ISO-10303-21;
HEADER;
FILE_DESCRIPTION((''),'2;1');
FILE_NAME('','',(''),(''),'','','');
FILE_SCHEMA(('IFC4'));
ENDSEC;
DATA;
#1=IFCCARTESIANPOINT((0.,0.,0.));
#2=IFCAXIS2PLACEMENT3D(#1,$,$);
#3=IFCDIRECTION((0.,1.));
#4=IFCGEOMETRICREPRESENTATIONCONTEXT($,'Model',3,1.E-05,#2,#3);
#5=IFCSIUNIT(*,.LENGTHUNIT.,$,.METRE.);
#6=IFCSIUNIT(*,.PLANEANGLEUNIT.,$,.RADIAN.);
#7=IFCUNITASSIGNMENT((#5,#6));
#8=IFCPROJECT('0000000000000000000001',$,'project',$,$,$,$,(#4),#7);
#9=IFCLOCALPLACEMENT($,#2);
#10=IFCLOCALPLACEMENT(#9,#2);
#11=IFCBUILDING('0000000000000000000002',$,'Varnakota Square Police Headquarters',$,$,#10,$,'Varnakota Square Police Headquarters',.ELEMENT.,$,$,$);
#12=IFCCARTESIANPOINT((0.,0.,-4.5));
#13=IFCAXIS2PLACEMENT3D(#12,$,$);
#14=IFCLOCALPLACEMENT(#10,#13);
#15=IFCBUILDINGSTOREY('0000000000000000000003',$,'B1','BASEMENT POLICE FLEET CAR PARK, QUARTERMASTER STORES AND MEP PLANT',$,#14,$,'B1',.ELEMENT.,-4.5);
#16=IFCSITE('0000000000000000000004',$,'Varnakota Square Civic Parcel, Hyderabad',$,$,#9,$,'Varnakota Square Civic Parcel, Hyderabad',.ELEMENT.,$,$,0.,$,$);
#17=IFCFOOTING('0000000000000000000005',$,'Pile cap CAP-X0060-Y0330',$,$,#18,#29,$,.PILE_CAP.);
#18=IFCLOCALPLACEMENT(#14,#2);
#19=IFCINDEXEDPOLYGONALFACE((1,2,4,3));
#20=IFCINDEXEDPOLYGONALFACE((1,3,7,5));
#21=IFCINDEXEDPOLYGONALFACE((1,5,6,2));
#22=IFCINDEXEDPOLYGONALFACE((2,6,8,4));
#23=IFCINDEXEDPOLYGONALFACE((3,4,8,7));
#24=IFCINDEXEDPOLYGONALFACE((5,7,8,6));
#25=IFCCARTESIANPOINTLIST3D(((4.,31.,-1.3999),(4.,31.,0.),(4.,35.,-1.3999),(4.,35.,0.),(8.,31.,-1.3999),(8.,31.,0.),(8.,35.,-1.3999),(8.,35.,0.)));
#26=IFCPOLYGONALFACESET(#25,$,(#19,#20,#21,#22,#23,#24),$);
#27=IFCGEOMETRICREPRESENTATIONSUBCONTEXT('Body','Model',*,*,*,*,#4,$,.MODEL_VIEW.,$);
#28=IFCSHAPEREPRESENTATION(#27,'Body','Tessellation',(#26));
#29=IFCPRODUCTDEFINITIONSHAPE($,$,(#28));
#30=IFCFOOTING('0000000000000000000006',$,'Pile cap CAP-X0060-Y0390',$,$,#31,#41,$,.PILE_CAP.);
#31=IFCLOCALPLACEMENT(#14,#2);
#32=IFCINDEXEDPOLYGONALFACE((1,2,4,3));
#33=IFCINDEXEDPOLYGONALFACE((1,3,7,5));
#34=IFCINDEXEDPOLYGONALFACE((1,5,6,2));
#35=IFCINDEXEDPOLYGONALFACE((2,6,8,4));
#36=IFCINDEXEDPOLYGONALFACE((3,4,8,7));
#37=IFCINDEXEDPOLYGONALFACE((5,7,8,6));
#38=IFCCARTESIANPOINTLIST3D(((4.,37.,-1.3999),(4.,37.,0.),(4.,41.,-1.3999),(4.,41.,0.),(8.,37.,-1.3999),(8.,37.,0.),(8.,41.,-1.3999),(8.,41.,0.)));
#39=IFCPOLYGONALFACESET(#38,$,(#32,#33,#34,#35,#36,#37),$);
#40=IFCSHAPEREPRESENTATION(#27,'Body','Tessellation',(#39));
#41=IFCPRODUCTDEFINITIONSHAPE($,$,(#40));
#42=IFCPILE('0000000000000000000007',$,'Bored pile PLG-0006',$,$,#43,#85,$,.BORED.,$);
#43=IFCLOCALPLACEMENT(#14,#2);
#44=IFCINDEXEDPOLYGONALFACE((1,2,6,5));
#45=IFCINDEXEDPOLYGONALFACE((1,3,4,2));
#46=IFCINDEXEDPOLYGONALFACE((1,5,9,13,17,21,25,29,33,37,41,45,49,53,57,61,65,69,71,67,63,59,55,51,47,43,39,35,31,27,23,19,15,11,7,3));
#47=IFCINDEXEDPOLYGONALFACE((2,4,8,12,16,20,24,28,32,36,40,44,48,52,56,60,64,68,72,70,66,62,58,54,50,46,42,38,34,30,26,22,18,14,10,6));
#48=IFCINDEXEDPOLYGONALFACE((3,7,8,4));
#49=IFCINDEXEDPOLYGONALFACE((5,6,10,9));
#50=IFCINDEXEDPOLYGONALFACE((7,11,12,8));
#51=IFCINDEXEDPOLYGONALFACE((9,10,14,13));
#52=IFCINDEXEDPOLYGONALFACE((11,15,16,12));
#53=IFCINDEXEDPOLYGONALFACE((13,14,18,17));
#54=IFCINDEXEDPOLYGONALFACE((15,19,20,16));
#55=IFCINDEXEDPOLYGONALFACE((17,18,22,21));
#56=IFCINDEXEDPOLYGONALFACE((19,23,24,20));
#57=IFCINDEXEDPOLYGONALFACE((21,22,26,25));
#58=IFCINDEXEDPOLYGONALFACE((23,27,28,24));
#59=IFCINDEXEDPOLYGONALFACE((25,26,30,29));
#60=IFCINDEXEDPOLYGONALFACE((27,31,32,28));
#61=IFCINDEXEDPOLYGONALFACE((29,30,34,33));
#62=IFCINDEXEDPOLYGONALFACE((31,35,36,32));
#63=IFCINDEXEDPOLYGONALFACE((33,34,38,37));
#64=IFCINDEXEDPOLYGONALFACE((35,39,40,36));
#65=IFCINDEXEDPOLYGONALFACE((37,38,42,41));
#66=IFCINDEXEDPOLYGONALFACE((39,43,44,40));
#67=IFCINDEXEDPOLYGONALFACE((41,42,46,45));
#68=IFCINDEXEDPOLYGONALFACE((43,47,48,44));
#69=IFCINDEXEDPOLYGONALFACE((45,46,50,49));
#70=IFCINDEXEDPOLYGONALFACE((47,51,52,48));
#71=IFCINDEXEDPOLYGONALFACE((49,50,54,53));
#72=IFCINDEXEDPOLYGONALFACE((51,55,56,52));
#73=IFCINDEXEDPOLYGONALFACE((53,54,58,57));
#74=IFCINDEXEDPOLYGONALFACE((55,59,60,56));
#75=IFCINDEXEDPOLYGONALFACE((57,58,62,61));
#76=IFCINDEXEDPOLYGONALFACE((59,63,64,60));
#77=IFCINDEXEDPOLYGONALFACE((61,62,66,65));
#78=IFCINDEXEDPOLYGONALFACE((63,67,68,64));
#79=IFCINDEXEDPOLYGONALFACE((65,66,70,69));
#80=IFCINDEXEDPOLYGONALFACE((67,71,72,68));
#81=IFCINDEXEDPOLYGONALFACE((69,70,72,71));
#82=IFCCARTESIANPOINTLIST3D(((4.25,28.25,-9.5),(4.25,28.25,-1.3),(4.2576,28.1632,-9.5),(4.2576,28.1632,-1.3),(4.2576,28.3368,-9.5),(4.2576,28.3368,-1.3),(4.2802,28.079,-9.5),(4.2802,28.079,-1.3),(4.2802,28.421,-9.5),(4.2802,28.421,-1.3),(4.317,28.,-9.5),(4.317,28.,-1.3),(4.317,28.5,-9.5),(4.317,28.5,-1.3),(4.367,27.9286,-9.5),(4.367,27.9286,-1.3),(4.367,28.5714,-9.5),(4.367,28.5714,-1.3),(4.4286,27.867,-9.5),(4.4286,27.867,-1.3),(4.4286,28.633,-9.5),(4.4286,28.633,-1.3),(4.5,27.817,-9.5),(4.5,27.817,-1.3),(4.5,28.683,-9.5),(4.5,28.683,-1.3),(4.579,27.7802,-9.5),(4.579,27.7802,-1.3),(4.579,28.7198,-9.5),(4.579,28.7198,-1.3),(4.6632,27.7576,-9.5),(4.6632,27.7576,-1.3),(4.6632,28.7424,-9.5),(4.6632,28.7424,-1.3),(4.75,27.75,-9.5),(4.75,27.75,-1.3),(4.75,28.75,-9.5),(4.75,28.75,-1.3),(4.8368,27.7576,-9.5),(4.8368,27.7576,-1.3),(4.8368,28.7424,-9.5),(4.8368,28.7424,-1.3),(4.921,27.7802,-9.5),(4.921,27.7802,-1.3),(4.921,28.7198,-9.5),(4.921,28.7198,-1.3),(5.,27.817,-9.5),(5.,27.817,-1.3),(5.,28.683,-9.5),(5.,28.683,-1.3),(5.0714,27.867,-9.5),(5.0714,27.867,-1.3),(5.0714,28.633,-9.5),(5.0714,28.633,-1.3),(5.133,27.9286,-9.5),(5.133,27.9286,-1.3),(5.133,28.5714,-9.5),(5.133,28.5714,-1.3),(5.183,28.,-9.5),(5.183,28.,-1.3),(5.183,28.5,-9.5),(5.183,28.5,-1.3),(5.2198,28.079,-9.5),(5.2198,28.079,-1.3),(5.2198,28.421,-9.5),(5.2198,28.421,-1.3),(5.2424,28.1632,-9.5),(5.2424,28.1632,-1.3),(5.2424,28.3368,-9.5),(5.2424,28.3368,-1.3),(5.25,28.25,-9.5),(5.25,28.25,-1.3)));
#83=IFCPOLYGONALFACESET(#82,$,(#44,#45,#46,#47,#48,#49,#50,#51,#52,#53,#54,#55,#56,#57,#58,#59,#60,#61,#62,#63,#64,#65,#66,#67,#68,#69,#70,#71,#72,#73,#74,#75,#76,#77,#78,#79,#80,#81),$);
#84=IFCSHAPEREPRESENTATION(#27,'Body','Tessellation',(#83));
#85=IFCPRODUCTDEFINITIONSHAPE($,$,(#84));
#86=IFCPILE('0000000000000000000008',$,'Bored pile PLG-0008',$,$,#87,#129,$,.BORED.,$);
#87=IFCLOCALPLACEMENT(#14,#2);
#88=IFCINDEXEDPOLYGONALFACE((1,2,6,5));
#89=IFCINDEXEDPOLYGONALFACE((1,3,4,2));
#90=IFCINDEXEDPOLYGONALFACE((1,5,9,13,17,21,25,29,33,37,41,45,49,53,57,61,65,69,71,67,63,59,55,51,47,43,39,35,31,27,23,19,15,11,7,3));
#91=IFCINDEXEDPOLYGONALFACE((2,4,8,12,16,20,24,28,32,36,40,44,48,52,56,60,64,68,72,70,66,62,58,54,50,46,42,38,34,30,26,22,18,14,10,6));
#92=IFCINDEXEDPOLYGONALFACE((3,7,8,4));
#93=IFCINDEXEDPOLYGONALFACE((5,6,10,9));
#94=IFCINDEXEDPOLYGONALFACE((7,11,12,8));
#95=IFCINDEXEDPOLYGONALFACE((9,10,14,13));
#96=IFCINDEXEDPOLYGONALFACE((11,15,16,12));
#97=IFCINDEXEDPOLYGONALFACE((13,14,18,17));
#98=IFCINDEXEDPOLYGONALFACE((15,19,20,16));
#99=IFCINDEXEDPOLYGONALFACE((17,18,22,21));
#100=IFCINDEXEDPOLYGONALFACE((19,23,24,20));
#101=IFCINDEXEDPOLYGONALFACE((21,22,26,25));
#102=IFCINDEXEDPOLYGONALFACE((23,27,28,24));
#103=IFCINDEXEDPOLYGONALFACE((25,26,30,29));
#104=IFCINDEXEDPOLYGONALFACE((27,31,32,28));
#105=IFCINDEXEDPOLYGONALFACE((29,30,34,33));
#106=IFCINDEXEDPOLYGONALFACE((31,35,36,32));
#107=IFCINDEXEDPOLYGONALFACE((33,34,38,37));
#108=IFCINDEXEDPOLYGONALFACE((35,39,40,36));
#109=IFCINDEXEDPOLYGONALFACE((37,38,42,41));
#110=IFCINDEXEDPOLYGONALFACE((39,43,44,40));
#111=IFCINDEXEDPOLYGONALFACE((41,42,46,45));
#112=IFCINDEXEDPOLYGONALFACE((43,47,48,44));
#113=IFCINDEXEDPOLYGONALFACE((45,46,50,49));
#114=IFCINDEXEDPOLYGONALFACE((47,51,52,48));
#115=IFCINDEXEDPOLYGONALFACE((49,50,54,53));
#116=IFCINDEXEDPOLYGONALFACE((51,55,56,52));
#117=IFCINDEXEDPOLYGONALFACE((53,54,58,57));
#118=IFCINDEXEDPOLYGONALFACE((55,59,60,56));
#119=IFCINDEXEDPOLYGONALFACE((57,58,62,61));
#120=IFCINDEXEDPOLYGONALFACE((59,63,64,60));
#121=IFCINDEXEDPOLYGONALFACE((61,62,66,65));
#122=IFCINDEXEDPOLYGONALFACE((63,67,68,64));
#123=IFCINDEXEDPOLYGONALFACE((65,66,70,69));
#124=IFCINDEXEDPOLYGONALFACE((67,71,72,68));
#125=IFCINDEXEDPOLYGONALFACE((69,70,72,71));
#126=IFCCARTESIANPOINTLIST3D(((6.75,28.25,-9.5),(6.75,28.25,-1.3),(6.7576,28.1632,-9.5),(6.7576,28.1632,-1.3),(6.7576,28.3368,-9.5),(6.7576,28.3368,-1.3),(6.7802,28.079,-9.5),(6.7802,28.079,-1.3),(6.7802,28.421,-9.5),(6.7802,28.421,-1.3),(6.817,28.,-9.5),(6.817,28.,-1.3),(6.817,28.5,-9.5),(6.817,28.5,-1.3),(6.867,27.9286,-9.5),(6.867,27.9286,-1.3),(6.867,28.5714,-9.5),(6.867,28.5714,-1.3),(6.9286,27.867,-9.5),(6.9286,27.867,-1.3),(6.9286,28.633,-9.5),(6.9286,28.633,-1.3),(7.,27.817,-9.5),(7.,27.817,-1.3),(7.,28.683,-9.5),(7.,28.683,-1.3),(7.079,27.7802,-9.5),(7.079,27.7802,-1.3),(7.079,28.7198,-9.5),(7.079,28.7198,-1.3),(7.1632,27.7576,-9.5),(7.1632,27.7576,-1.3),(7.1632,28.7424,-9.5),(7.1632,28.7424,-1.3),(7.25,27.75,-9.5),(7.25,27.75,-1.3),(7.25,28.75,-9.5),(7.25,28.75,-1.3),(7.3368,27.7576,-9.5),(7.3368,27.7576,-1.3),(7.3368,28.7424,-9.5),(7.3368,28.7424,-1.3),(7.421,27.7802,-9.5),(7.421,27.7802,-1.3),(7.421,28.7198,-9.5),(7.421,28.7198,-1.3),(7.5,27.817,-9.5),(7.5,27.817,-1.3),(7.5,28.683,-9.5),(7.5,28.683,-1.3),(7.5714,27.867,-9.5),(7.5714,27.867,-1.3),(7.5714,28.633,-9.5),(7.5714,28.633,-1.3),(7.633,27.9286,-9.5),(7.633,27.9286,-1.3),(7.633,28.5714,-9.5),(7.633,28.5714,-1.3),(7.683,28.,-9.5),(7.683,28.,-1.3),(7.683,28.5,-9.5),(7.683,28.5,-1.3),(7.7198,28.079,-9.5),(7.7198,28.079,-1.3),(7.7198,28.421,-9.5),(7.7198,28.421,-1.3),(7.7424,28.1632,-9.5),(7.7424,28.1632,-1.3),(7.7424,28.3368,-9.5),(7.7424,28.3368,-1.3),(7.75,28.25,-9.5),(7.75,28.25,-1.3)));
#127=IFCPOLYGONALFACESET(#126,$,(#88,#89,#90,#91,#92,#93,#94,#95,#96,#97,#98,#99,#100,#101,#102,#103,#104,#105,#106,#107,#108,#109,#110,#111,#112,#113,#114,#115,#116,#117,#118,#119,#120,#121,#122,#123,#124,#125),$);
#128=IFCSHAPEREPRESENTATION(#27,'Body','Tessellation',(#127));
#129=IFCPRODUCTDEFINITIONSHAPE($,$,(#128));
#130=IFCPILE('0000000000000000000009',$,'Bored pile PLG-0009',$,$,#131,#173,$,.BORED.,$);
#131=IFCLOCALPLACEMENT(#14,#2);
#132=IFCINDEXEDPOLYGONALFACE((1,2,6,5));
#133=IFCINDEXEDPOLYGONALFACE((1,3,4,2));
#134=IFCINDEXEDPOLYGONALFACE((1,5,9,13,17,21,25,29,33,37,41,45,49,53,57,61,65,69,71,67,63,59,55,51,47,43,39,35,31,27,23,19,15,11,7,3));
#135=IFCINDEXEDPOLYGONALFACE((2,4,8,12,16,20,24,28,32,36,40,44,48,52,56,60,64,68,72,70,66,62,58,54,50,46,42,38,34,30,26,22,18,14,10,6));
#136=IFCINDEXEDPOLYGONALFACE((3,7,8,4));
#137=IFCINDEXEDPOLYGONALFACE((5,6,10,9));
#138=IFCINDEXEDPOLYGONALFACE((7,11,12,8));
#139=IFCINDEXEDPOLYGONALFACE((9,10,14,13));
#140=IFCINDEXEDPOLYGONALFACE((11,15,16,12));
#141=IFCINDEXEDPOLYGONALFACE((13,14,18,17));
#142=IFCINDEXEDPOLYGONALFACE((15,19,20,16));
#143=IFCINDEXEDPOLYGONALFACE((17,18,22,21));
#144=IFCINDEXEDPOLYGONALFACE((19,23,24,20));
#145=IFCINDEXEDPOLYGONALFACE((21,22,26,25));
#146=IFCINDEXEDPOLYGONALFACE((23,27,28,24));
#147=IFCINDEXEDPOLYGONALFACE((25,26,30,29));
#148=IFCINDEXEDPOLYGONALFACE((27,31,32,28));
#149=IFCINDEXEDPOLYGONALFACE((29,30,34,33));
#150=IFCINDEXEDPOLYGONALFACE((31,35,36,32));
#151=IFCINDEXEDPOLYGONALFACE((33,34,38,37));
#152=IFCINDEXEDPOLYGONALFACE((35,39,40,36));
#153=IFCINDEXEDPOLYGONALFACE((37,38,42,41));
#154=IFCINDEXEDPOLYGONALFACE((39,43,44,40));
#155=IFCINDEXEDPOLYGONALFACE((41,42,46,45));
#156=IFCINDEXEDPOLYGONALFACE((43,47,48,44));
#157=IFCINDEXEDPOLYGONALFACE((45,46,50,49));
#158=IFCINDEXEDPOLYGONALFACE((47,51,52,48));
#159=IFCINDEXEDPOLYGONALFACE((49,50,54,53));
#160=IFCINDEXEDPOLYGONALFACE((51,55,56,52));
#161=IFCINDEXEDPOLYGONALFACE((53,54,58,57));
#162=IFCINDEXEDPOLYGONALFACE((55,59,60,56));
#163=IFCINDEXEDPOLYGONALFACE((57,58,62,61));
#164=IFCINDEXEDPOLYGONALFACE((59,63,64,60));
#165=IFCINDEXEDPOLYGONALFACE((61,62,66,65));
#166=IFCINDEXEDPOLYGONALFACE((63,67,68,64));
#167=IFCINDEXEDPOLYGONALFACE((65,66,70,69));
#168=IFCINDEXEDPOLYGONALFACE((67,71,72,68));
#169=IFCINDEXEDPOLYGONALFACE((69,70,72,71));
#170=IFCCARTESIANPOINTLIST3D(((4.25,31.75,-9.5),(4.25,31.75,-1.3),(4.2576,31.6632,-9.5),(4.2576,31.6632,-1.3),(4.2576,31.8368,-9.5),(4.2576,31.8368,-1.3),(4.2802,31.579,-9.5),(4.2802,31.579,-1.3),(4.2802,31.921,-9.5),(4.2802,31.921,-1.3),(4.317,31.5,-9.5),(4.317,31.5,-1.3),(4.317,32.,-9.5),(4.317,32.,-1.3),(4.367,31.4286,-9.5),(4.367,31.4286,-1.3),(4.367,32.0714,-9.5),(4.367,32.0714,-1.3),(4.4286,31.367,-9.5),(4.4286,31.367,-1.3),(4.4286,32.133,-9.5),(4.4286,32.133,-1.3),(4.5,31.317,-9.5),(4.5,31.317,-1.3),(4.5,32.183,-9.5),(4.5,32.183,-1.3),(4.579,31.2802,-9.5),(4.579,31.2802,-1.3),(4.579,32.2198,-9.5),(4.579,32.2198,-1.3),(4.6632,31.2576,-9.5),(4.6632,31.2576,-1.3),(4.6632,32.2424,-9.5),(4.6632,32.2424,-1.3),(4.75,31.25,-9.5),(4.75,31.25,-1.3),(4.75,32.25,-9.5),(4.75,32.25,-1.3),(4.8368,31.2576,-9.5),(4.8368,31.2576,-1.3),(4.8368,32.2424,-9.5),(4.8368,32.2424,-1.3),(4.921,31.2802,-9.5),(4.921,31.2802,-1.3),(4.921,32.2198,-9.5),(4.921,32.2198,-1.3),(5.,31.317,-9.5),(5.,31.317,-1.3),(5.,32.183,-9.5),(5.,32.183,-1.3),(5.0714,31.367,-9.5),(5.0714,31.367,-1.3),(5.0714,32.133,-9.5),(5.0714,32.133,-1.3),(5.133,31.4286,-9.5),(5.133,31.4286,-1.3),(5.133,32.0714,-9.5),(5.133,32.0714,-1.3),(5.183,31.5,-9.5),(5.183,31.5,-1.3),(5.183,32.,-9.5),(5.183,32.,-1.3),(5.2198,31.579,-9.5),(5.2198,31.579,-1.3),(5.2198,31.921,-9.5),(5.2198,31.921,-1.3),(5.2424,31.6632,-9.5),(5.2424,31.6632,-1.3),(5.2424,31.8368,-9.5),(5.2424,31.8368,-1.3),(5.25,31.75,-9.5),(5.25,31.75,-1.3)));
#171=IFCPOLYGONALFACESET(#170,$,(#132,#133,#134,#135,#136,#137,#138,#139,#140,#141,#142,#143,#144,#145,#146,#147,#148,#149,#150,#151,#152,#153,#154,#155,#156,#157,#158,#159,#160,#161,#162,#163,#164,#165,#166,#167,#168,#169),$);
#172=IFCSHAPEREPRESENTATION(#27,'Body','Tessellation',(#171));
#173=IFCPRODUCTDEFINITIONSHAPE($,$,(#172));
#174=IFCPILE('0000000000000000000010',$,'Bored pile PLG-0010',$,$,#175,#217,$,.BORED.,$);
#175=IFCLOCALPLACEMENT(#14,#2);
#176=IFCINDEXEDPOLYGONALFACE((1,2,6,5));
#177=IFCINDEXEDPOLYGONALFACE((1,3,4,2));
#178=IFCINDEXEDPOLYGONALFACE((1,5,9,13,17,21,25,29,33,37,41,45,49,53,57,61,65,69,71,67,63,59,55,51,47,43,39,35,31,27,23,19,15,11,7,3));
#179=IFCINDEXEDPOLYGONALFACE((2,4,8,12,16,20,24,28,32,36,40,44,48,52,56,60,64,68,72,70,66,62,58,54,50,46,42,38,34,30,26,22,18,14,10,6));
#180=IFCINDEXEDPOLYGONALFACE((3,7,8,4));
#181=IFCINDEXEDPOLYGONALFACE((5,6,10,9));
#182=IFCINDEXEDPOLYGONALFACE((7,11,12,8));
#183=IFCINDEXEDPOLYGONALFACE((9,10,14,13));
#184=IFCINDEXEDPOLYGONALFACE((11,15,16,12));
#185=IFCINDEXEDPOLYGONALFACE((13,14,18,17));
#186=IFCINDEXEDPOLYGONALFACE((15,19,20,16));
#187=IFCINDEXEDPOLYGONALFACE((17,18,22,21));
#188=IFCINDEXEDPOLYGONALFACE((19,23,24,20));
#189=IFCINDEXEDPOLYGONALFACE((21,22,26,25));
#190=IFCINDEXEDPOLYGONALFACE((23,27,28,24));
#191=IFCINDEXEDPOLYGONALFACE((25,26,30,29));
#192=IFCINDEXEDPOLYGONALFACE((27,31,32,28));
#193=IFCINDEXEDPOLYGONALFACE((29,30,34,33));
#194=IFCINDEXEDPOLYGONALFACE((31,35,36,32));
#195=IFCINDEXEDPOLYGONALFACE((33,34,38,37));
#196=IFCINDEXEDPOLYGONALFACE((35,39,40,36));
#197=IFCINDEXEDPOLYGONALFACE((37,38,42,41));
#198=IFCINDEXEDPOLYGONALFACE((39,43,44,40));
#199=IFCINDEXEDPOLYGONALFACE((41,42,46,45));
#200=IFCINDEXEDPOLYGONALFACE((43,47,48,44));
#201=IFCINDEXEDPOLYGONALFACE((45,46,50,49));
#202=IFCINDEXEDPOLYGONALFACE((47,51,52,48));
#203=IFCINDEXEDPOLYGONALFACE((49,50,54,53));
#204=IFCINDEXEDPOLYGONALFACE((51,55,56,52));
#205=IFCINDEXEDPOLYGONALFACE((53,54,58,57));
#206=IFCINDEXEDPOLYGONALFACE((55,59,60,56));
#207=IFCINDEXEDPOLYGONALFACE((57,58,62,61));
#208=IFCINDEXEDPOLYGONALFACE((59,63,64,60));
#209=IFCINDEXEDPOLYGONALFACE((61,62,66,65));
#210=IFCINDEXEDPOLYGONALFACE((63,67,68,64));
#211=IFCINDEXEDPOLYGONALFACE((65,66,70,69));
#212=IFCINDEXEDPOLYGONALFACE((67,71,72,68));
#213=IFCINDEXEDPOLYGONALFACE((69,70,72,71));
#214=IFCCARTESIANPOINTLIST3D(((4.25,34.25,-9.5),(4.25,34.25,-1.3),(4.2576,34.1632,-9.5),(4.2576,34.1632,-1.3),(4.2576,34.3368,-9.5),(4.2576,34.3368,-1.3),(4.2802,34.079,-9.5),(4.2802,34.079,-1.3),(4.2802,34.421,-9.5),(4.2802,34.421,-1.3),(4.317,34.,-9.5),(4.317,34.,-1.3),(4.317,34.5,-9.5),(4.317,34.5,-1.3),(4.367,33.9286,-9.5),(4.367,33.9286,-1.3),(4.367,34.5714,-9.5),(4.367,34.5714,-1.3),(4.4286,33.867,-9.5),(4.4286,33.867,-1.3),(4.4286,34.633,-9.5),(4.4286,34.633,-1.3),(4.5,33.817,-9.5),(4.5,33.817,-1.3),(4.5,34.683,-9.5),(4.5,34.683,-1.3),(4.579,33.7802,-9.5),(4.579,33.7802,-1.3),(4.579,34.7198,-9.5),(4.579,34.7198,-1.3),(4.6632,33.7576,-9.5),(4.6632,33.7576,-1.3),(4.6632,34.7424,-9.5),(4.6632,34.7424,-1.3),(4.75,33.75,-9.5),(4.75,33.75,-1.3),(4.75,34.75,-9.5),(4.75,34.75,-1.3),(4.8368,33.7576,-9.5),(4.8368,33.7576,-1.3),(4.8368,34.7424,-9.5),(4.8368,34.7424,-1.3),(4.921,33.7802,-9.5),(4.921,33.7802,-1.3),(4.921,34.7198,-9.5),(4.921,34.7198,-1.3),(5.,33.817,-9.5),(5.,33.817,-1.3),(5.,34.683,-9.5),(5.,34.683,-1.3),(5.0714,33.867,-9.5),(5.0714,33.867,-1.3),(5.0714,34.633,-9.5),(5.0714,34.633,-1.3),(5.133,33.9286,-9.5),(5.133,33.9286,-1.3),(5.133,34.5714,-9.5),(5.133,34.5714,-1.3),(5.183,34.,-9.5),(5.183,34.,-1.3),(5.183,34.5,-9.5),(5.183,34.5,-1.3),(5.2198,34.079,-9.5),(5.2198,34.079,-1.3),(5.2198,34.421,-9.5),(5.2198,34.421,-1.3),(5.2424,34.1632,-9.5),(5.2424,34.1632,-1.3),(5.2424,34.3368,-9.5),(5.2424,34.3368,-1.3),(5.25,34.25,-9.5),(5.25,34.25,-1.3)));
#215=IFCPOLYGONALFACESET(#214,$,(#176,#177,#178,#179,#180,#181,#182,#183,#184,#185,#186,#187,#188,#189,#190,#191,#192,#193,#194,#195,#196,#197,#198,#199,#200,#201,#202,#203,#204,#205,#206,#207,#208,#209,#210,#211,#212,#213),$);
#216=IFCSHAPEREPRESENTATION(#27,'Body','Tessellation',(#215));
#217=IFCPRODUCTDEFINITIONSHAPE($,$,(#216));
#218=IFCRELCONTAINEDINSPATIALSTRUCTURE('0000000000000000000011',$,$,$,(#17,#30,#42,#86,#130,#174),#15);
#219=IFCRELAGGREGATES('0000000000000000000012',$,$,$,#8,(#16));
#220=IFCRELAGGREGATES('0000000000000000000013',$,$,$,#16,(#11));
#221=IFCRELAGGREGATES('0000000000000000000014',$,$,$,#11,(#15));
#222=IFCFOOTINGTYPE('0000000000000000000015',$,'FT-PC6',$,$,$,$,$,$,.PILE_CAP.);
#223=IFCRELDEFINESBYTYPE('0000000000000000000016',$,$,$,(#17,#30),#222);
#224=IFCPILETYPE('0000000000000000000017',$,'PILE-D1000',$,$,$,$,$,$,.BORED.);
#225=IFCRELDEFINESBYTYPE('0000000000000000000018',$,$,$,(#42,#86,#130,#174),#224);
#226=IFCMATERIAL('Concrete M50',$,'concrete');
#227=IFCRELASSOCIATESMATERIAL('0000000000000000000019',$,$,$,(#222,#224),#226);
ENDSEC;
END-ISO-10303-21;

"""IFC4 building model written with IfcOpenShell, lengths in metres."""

from ifc_helpers import new_model, si_unit, direction, frame, origin, origin_2d, place, context, subcontext, project, spatial, rectangle, circle, extrude, material, material_profile, profile_set, type_object, element, save


model = new_model("IFC4")

# Units and contexts
model_context = context("Model", 3, precision=1e-05, world=origin(), true_north=direction((0.0, 1.0)))
body_context = subcontext(model_context, "Body", "Model", "MODEL_VIEW")
ifc_project = project(units=[si_unit("LENGTHUNIT", "METRE"), si_unit("PLANEANGLEUNIT", "RADIAN")], contexts=[model_context])

# Site, building, storey
site_placement = place(None, origin())
site = spatial("IfcSite", under=ifc_project, at=site_placement, Name="Varnakota Square Civic Parcel, Hyderabad", LongName="Varnakota Square Civic Parcel, Hyderabad", CompositionType="ELEMENT", RefElevation=0.0)
building_placement = place(site_placement, origin())
building = spatial("IfcBuilding", under=site, at=building_placement, Name="Varnakota Square Police Headquarters", LongName="Varnakota Square Police Headquarters", CompositionType="ELEMENT")
storey_placement = place(building_placement, frame((0.0, 0.0, -4.5)))
storey = spatial("IfcBuildingStorey", under=building, at=storey_placement, Name="B1", Description="BASEMENT POLICE FLEET CAR PARK, QUARTERMASTER STORES AND MEP PLANT", LongName="B1", CompositionType="ELEMENT", Elevation=-4.5)

# Footings
ifc_material_1 = material(Name="Concrete M50", Category="concrete")
footing_type = type_object("IfcFootingType", Name="FT-PC6", PredefinedType="PILE_CAP", material=ifc_material_1)
for number, where, z_axis, x_axis, name in (
    (1, (6.0, 33.0, -1.3999), (0.0, 0.0, 1.0), (1.0, 0.0, 0.0), "Pile cap CAP-X0060-Y0330"),
    (2, (6.0, 39.0, -1.3999), (0.0, 0.0, 1.0), (1.0, 0.0, 0.0), "Pile cap CAP-X0060-Y0390"),
):
    element("IfcFooting", number, at=place(storey_placement, frame(where, z_axis=z_axis, x_axis=x_axis)), inside=storey, type_object=footing_type, Name=name, PredefinedType="PILE_CAP", context=body_context, shape_type="SweptSolid", body=[
        extrude(rectangle(XDim=4.0, YDim=4.0, at=origin_2d()), origin(), (0.0, 0.0, 1.0), 1.3999),
    ])

# Piles
ifc_material_profile_1 = material_profile(ifc_material_1, circle(Radius=0.5, at=origin_2d()), Name="BORED PILE 1000")
ifc_profile_set_1 = profile_set([ifc_material_profile_1], Name="Concrete M50")
pile_type = type_object("IfcPileType", Name="PILE-D1000", PredefinedType="BORED", material=ifc_profile_set_1)
for number, where, z_axis, x_axis, name in (
    (3, (4.75, 28.25, -1.3), (0.0, 0.0, -1.0), (1.0, 0.0, 0.0), "Bored pile PLG-0006"),
    (4, (7.25, 28.25, -1.3), (0.0, 0.0, -1.0), (1.0, 0.0, 0.0), "Bored pile PLG-0008"),
    (5, (4.75, 31.75, -1.3), (0.0, 0.0, -1.0), (1.0, 0.0, 0.0), "Bored pile PLG-0009"),
    (6, (4.75, 34.25, -1.3), (0.0, 0.0, -1.0), (1.0, 0.0, 0.0), "Bored pile PLG-0010"),
):
    element("IfcPile", number, at=place(storey_placement, frame(where, z_axis=z_axis, x_axis=x_axis)), inside=storey, type_object=pile_type, Name=name, PredefinedType="BORED", context=body_context, shape_type="SweptSolid", body=[
        extrude(circle(Radius=0.5, at=origin_2d()), origin(), (0.0, 0.0, 1.0), 8.2),
    ])

save(model, "model.ifc")
